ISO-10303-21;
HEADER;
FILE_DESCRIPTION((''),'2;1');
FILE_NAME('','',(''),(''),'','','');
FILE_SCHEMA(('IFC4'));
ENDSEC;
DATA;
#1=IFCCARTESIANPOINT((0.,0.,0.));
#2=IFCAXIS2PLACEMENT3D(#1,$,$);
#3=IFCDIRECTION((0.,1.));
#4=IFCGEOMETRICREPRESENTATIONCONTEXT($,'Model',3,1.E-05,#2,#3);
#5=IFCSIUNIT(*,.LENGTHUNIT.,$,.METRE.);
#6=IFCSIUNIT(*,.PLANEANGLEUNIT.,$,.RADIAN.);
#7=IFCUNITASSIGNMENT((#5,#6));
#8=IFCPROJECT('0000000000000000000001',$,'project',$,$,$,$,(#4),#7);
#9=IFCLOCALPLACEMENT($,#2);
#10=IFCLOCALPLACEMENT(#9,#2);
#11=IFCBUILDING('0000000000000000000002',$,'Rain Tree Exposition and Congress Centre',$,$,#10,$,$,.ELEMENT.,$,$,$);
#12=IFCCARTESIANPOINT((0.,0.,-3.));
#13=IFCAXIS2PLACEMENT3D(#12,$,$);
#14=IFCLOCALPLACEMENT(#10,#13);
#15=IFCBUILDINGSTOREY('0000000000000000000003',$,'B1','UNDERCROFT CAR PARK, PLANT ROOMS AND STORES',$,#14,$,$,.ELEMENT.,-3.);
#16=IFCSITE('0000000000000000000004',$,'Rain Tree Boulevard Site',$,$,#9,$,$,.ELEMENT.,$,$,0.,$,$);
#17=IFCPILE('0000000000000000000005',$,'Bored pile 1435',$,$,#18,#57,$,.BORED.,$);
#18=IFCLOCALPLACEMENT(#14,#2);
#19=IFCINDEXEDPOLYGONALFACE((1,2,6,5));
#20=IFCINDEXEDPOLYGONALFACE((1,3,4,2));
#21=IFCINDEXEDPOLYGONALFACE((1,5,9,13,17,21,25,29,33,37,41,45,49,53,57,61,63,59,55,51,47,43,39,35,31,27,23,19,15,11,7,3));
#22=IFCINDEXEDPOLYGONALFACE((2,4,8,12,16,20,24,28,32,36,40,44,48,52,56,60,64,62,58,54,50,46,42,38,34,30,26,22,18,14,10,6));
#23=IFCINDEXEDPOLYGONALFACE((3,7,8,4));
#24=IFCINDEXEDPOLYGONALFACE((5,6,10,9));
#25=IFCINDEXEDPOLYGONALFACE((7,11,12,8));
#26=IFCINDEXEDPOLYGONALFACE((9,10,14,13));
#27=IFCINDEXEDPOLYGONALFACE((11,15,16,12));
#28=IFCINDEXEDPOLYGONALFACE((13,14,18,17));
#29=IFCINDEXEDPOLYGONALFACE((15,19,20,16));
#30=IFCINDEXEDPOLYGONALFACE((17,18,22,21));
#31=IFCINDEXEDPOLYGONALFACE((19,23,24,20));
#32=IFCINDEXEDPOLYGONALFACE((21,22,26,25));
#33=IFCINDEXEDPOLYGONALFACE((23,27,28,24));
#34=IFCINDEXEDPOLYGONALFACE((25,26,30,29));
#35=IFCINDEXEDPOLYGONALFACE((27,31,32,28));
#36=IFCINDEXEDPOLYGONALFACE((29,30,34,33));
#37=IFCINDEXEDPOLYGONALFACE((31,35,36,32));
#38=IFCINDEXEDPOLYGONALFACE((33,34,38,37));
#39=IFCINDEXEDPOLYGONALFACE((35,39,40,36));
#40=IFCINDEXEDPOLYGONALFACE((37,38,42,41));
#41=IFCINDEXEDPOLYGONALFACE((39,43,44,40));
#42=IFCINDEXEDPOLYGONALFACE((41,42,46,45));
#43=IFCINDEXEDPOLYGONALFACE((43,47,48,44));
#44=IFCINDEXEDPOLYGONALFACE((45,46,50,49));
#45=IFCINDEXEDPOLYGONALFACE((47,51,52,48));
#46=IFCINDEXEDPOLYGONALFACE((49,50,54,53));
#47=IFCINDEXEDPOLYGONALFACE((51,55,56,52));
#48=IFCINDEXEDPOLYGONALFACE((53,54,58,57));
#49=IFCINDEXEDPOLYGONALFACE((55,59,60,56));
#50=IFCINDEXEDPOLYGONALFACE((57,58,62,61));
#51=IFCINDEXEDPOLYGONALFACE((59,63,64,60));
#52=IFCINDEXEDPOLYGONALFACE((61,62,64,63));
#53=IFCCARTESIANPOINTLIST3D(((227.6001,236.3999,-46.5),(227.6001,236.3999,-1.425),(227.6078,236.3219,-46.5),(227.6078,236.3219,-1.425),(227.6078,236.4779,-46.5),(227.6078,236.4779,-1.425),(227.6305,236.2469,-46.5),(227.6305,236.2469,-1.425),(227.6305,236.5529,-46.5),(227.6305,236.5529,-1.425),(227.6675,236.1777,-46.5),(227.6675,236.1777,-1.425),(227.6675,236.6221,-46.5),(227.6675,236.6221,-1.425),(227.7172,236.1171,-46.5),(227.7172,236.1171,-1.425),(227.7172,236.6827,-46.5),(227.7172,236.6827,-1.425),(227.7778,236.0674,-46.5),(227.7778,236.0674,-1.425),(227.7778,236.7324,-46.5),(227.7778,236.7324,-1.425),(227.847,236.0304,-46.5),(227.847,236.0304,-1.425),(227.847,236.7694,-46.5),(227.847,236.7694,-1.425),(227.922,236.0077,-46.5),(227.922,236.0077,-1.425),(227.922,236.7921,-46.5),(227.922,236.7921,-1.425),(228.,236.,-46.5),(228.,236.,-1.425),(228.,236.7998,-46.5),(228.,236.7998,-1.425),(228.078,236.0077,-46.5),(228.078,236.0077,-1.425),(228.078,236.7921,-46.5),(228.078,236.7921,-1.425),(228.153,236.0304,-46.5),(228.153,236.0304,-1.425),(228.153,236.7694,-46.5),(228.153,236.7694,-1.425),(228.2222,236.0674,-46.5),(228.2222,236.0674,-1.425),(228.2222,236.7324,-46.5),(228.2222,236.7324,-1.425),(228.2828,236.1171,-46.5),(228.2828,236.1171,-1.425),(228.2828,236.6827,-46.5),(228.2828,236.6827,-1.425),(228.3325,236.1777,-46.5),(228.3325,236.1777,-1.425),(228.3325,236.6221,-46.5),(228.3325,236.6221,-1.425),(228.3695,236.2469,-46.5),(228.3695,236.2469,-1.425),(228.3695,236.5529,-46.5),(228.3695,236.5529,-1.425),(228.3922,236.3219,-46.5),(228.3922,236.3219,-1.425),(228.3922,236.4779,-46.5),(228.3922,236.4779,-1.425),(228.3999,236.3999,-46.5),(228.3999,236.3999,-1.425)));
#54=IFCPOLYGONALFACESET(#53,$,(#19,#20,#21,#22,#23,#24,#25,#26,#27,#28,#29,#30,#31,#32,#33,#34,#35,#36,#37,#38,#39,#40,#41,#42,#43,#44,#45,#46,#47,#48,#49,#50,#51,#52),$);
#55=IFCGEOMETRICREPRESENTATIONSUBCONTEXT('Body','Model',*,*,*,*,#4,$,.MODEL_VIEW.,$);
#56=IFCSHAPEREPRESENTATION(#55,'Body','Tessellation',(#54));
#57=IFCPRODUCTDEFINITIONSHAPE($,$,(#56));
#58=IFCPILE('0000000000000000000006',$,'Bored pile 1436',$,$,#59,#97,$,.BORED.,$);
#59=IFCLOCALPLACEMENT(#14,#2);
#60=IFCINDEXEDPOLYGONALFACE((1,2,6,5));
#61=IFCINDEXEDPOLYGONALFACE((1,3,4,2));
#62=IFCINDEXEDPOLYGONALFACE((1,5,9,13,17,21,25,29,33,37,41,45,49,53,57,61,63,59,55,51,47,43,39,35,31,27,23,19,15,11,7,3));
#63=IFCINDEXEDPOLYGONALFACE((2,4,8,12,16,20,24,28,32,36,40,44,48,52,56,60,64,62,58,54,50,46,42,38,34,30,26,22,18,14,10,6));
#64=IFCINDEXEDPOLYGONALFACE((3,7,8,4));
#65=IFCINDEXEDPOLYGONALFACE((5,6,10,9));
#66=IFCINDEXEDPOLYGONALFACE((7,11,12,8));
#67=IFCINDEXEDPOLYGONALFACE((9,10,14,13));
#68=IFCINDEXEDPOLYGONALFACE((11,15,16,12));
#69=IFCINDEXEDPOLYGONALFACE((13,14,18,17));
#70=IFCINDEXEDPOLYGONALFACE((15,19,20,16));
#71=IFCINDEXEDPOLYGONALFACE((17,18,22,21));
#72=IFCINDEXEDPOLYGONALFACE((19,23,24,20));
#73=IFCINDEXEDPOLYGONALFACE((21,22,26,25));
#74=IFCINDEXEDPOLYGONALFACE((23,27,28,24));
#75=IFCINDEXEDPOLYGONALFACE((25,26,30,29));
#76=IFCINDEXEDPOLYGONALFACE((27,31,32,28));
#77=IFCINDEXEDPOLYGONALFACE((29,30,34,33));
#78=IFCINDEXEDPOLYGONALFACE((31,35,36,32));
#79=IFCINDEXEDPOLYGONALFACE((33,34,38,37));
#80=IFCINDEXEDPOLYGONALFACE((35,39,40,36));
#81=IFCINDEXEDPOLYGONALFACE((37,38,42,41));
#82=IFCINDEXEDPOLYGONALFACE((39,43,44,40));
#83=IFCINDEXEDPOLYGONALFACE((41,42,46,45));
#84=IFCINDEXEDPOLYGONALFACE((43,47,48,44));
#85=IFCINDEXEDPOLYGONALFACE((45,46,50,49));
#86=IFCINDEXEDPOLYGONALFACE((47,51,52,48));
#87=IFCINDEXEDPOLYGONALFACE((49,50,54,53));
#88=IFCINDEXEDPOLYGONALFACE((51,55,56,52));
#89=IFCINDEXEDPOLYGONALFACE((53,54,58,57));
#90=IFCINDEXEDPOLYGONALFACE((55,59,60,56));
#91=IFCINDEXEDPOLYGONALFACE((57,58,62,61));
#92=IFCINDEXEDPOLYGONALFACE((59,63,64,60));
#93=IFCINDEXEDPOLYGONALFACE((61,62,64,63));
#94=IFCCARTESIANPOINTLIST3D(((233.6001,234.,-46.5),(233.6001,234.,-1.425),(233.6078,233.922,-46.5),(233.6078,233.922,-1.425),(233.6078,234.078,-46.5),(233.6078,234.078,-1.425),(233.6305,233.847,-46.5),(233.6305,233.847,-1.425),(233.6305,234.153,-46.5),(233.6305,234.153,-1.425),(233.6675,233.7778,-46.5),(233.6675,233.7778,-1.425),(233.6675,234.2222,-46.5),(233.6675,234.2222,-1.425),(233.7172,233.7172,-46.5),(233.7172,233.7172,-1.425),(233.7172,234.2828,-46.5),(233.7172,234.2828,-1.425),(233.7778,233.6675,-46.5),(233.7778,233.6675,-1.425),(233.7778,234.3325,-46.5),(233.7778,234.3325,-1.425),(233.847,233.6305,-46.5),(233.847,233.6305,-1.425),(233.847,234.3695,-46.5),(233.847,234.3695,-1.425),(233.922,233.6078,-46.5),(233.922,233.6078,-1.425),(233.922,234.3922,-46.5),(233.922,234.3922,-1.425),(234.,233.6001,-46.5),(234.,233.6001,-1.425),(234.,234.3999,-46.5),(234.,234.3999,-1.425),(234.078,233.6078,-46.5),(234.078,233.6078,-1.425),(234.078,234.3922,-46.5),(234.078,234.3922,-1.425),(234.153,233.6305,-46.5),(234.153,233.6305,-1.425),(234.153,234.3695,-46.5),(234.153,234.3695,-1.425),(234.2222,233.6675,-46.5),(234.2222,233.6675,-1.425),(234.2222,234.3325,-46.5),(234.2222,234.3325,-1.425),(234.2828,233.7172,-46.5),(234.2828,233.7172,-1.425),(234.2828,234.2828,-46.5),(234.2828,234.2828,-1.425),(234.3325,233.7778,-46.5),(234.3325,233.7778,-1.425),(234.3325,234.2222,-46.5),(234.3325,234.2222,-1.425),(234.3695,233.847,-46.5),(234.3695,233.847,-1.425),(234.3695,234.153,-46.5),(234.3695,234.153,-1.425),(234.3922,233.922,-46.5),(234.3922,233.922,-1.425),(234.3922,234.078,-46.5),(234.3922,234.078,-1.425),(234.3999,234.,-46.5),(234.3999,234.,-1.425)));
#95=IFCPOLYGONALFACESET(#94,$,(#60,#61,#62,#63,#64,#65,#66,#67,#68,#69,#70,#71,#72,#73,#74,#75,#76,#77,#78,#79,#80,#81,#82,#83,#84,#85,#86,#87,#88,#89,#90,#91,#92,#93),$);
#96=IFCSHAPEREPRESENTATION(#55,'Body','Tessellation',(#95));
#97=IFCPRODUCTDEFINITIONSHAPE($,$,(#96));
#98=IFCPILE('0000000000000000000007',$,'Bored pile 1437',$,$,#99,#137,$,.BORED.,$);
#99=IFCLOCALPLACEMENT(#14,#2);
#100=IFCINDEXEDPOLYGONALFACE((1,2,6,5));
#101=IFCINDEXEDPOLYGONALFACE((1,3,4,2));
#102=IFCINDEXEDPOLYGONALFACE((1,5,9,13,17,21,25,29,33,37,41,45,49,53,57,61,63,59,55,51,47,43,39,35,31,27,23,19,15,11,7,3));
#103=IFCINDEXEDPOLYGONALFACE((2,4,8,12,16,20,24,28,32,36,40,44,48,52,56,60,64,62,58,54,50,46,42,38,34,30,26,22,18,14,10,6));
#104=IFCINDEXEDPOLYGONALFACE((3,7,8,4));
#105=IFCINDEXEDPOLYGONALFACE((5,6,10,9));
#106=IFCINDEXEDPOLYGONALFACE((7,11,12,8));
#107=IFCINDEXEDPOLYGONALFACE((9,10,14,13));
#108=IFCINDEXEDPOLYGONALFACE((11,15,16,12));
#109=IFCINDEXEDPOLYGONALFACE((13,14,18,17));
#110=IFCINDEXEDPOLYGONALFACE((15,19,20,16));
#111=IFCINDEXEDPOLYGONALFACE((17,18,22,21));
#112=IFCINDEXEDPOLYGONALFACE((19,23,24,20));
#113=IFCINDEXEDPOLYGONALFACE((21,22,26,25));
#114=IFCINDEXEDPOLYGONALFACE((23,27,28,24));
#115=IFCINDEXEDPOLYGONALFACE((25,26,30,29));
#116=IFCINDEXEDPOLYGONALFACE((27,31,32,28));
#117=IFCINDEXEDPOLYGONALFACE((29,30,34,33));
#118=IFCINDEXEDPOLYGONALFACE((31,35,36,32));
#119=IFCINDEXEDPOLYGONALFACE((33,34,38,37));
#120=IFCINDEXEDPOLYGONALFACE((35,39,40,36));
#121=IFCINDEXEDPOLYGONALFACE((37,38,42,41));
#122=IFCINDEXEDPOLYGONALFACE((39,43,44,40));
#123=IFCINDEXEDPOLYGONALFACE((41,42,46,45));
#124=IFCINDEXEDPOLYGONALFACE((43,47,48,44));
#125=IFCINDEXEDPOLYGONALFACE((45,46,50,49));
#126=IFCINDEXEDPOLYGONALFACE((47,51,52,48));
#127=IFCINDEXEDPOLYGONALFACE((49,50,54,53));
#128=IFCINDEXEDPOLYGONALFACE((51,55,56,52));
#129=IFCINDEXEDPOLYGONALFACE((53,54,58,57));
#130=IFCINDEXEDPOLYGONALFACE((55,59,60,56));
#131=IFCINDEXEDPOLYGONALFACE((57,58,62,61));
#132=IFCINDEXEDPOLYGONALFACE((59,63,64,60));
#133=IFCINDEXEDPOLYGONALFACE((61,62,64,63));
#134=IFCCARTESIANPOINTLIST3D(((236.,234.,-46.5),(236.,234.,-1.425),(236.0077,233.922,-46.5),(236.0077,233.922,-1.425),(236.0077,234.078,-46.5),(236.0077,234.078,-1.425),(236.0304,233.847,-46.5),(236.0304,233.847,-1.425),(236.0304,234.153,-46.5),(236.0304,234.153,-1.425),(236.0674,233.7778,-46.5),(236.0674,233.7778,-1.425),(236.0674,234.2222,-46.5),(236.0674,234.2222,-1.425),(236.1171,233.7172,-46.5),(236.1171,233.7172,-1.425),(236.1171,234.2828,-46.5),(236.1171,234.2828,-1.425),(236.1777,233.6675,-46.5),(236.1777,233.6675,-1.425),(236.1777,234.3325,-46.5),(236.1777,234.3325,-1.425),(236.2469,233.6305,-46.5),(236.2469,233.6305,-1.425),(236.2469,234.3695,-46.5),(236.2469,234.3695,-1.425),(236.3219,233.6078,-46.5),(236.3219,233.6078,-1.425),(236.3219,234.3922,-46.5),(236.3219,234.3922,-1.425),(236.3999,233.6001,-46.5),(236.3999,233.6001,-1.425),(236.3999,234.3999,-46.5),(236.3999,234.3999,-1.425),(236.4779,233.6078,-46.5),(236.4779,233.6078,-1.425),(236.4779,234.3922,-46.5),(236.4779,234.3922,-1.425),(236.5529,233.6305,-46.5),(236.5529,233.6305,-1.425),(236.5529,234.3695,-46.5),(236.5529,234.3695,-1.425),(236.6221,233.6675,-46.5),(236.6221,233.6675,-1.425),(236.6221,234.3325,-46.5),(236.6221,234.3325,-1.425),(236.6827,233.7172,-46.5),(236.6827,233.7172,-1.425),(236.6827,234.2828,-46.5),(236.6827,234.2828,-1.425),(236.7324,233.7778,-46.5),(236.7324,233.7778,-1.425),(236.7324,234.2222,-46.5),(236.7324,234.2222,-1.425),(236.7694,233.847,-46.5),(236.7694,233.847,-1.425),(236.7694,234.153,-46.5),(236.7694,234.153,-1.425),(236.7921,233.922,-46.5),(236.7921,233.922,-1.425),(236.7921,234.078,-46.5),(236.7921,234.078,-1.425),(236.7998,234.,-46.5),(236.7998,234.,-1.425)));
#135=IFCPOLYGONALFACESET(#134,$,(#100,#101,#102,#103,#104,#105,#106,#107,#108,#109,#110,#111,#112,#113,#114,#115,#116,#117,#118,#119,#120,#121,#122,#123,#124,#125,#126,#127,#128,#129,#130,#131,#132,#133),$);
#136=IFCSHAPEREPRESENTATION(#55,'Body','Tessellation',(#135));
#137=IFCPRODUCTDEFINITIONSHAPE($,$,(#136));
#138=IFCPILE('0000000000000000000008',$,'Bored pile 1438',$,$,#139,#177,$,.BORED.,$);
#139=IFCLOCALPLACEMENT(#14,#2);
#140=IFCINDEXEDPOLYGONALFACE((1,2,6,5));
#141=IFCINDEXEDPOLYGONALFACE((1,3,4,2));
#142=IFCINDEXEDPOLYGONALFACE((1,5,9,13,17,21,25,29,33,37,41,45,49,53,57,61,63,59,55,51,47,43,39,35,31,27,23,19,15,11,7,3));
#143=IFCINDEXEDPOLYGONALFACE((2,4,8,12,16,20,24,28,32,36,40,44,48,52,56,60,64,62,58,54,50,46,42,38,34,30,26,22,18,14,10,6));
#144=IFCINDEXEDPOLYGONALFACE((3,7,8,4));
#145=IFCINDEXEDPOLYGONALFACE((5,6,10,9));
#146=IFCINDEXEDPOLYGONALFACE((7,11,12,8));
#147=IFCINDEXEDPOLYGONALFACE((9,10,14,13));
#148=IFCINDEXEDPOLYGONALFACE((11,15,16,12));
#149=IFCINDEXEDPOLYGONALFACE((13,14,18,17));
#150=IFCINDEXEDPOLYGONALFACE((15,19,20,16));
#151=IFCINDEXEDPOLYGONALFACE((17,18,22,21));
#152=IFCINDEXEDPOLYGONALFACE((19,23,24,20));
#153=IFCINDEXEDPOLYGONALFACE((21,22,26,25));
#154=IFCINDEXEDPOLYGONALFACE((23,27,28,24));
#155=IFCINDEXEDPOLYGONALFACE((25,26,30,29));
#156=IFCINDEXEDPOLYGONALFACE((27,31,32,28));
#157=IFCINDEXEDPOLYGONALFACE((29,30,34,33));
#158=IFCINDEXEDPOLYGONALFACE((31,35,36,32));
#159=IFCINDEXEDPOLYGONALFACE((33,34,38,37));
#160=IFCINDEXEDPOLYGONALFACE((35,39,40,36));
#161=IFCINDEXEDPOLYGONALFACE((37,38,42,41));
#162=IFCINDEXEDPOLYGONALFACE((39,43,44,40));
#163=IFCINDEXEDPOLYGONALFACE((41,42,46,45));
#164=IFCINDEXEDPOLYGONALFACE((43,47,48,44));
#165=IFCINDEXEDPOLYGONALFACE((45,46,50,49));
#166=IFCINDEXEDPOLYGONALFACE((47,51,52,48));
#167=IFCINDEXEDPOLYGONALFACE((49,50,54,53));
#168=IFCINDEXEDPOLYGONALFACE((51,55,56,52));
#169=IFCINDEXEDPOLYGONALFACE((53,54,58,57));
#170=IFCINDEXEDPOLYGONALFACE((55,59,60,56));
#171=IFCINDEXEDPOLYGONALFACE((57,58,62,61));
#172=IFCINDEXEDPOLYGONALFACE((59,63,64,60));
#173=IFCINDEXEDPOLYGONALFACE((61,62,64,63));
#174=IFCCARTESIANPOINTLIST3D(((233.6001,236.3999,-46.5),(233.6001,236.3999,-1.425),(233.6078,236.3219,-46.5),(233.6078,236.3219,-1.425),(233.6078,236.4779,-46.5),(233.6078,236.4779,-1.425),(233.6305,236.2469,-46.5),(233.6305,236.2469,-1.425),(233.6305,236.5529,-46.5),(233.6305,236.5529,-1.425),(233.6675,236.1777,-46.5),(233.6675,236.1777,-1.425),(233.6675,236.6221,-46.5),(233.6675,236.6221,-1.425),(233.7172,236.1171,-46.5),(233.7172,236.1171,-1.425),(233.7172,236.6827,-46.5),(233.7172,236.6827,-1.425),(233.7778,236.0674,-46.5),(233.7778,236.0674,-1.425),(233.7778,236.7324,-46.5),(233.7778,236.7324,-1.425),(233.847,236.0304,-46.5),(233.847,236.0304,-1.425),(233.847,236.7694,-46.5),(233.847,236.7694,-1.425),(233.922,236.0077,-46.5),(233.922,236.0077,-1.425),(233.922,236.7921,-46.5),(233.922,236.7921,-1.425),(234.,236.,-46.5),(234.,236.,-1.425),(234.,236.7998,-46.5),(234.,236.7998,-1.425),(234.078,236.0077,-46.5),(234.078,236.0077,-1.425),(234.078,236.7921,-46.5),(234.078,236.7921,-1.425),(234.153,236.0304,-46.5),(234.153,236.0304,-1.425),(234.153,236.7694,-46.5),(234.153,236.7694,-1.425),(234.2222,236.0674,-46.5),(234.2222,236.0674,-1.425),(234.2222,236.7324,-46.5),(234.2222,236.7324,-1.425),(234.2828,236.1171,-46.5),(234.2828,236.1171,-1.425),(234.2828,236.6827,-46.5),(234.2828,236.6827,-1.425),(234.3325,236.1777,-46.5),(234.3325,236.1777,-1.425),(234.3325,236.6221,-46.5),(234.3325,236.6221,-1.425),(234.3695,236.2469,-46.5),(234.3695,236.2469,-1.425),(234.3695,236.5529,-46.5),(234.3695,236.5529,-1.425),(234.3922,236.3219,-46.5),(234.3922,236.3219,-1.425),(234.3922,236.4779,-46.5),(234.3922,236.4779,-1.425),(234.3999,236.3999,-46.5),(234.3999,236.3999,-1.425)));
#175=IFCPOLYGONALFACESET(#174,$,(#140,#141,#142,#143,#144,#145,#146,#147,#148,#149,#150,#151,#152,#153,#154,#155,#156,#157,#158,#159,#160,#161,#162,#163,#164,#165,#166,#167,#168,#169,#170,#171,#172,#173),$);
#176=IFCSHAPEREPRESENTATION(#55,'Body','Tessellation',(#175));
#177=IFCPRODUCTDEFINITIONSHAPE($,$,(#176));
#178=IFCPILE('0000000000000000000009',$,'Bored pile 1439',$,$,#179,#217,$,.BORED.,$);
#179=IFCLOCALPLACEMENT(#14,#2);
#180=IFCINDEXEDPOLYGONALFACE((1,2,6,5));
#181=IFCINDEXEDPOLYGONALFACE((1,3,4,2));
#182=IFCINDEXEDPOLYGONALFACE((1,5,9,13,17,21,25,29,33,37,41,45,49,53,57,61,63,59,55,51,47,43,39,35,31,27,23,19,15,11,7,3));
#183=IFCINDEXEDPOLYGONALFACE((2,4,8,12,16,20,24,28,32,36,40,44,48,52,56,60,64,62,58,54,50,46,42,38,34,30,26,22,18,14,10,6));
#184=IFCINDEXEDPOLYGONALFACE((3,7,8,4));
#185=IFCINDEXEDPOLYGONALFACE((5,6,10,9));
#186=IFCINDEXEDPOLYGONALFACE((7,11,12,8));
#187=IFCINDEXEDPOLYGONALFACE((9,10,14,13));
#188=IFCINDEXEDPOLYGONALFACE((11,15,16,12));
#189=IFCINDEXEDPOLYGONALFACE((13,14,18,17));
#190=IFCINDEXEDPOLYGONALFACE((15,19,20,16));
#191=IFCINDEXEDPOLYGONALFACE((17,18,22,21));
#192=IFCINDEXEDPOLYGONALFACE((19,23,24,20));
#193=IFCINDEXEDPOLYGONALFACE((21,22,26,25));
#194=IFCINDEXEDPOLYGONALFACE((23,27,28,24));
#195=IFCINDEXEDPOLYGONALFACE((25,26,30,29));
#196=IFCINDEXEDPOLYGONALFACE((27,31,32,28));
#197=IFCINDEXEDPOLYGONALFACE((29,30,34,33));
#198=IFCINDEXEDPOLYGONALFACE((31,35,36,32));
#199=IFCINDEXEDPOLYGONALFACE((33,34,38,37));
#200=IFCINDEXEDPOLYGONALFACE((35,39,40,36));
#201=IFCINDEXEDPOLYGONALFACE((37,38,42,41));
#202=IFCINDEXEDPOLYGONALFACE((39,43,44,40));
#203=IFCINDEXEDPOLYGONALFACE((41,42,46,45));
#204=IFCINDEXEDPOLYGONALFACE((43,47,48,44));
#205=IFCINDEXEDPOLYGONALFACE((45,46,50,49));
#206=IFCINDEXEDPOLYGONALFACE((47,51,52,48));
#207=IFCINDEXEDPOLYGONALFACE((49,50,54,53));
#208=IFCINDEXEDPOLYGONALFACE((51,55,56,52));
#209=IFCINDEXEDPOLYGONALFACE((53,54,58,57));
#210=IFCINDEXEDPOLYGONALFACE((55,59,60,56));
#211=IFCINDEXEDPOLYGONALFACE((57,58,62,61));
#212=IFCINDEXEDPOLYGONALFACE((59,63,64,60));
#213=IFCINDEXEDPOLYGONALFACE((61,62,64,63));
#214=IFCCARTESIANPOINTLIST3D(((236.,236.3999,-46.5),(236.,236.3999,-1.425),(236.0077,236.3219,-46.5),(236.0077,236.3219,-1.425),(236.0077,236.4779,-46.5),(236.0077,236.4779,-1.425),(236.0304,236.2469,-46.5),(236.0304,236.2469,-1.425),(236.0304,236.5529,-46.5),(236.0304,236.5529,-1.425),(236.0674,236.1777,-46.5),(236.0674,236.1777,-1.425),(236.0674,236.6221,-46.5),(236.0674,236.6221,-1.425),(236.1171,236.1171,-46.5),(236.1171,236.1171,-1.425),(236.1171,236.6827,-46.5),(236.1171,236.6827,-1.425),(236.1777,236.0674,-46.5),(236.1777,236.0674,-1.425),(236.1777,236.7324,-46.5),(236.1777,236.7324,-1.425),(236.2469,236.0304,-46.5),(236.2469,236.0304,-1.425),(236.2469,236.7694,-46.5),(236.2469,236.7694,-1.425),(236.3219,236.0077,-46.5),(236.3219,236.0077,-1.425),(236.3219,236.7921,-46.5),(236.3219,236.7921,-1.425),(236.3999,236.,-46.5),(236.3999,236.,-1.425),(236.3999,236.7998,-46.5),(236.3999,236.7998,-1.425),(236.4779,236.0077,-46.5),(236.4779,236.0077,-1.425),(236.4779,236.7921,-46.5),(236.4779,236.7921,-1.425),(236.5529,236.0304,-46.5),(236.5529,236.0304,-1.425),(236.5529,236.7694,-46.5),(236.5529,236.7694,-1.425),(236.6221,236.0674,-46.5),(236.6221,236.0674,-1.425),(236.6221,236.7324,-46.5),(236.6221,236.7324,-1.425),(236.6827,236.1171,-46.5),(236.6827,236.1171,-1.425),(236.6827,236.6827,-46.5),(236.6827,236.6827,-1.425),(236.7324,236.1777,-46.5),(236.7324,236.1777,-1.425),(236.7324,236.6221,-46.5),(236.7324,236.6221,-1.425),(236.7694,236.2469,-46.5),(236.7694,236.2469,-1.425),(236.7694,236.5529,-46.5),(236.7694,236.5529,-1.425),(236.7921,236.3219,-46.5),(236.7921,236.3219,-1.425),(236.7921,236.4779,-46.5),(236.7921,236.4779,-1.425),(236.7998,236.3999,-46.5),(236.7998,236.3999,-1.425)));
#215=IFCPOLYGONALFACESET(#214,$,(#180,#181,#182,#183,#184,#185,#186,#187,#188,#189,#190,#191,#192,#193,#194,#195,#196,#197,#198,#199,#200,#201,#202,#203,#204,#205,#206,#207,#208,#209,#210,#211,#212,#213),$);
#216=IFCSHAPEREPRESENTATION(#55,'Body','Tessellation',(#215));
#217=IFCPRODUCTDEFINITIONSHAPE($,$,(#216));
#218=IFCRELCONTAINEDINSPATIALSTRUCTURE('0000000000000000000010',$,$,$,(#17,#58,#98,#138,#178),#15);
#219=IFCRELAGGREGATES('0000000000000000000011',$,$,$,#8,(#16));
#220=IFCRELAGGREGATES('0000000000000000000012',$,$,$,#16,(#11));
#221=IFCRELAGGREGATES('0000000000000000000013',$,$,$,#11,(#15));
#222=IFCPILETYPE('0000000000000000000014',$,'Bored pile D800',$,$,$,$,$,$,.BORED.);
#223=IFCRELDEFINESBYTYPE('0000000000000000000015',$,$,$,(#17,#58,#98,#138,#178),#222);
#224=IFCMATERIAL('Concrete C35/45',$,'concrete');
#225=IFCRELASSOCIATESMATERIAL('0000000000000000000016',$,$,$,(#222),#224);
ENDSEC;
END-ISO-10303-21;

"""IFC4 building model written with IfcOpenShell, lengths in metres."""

from ifc_helpers import new_model, si_unit, direction, frame, origin, origin_2d, place, context, subcontext, project, spatial, circle, extrude, material, material_profile, profile_set, type_object, element, save


model = new_model("IFC4")

# Units and contexts
model_context = context("Model", 3, precision=1e-05, world=origin(), true_north=direction((0.0, 1.0)))
body_context = subcontext(model_context, "Body", "Model", "MODEL_VIEW")
ifc_project = project(units=[si_unit("LENGTHUNIT", "METRE"), si_unit("PLANEANGLEUNIT", "RADIAN")], contexts=[model_context])

# Site, building, storey
site_placement = place(None, origin())
site = spatial("IfcSite", under=ifc_project, at=site_placement, Name="Rain Tree Boulevard Site", CompositionType="ELEMENT", RefElevation=0.0)
building_placement = place(site_placement, origin())
building = spatial("IfcBuilding", under=site, at=building_placement, Name="Rain Tree Exposition and Congress Centre", CompositionType="ELEMENT")
storey_placement = place(building_placement, frame((0.0, 0.0, -3.0)))
storey = spatial("IfcBuildingStorey", under=building, at=storey_placement, Name="B1", Description="UNDERCROFT CAR PARK, PLANT ROOMS AND STORES", CompositionType="ELEMENT", Elevation=-3.0)

# Piles
ifc_material_1 = material(Name="Concrete C35/45", Category="concrete")
ifc_material_profile_1 = material_profile(ifc_material_1, circle(Radius=0.3999, at=origin_2d()), Name="D800")
ifc_profile_set_1 = profile_set([ifc_material_profile_1], Name="Concrete C35/45")
pile_type_1 = type_object("IfcPileType", Name="Bored pile D800", PredefinedType="BORED", material=ifc_profile_set_1)
for number, where, z_axis, x_axis, name in (
    (1, (228.0, 236.3999, -1.425), (0.0, 0.0, -1.0), (1.0, 0.0, 0.0), "Bored pile 1435"),
    (2, (234.0, 234.0, -1.425), (0.0, 0.0, -1.0), (1.0, 0.0, 0.0), "Bored pile 1436"),
    (3, (236.3999, 234.0, -1.425), (0.0, 0.0, -1.0), (1.0, 0.0, 0.0), "Bored pile 1437"),
    (4, (234.0, 236.3999, -1.425), (0.0, 0.0, -1.0), (1.0, 0.0, 0.0), "Bored pile 1438"),
    (5, (236.3999, 236.3999, -1.425), (0.0, 0.0, -1.0), (1.0, 0.0, 0.0), "Bored pile 1439"),
):
    element("IfcPile", number, at=place(storey_placement, frame(where, z_axis=z_axis, x_axis=x_axis)), inside=storey, type_object=pile_type_1, Name=name, PredefinedType="BORED", context=body_context, shape_type="SweptSolid", body=[
        extrude(circle(Radius=0.3999, at=origin_2d()), origin(), (0.0, 0.0, 1.0), 45.075),
    ])

save(model, "model.ifc")
